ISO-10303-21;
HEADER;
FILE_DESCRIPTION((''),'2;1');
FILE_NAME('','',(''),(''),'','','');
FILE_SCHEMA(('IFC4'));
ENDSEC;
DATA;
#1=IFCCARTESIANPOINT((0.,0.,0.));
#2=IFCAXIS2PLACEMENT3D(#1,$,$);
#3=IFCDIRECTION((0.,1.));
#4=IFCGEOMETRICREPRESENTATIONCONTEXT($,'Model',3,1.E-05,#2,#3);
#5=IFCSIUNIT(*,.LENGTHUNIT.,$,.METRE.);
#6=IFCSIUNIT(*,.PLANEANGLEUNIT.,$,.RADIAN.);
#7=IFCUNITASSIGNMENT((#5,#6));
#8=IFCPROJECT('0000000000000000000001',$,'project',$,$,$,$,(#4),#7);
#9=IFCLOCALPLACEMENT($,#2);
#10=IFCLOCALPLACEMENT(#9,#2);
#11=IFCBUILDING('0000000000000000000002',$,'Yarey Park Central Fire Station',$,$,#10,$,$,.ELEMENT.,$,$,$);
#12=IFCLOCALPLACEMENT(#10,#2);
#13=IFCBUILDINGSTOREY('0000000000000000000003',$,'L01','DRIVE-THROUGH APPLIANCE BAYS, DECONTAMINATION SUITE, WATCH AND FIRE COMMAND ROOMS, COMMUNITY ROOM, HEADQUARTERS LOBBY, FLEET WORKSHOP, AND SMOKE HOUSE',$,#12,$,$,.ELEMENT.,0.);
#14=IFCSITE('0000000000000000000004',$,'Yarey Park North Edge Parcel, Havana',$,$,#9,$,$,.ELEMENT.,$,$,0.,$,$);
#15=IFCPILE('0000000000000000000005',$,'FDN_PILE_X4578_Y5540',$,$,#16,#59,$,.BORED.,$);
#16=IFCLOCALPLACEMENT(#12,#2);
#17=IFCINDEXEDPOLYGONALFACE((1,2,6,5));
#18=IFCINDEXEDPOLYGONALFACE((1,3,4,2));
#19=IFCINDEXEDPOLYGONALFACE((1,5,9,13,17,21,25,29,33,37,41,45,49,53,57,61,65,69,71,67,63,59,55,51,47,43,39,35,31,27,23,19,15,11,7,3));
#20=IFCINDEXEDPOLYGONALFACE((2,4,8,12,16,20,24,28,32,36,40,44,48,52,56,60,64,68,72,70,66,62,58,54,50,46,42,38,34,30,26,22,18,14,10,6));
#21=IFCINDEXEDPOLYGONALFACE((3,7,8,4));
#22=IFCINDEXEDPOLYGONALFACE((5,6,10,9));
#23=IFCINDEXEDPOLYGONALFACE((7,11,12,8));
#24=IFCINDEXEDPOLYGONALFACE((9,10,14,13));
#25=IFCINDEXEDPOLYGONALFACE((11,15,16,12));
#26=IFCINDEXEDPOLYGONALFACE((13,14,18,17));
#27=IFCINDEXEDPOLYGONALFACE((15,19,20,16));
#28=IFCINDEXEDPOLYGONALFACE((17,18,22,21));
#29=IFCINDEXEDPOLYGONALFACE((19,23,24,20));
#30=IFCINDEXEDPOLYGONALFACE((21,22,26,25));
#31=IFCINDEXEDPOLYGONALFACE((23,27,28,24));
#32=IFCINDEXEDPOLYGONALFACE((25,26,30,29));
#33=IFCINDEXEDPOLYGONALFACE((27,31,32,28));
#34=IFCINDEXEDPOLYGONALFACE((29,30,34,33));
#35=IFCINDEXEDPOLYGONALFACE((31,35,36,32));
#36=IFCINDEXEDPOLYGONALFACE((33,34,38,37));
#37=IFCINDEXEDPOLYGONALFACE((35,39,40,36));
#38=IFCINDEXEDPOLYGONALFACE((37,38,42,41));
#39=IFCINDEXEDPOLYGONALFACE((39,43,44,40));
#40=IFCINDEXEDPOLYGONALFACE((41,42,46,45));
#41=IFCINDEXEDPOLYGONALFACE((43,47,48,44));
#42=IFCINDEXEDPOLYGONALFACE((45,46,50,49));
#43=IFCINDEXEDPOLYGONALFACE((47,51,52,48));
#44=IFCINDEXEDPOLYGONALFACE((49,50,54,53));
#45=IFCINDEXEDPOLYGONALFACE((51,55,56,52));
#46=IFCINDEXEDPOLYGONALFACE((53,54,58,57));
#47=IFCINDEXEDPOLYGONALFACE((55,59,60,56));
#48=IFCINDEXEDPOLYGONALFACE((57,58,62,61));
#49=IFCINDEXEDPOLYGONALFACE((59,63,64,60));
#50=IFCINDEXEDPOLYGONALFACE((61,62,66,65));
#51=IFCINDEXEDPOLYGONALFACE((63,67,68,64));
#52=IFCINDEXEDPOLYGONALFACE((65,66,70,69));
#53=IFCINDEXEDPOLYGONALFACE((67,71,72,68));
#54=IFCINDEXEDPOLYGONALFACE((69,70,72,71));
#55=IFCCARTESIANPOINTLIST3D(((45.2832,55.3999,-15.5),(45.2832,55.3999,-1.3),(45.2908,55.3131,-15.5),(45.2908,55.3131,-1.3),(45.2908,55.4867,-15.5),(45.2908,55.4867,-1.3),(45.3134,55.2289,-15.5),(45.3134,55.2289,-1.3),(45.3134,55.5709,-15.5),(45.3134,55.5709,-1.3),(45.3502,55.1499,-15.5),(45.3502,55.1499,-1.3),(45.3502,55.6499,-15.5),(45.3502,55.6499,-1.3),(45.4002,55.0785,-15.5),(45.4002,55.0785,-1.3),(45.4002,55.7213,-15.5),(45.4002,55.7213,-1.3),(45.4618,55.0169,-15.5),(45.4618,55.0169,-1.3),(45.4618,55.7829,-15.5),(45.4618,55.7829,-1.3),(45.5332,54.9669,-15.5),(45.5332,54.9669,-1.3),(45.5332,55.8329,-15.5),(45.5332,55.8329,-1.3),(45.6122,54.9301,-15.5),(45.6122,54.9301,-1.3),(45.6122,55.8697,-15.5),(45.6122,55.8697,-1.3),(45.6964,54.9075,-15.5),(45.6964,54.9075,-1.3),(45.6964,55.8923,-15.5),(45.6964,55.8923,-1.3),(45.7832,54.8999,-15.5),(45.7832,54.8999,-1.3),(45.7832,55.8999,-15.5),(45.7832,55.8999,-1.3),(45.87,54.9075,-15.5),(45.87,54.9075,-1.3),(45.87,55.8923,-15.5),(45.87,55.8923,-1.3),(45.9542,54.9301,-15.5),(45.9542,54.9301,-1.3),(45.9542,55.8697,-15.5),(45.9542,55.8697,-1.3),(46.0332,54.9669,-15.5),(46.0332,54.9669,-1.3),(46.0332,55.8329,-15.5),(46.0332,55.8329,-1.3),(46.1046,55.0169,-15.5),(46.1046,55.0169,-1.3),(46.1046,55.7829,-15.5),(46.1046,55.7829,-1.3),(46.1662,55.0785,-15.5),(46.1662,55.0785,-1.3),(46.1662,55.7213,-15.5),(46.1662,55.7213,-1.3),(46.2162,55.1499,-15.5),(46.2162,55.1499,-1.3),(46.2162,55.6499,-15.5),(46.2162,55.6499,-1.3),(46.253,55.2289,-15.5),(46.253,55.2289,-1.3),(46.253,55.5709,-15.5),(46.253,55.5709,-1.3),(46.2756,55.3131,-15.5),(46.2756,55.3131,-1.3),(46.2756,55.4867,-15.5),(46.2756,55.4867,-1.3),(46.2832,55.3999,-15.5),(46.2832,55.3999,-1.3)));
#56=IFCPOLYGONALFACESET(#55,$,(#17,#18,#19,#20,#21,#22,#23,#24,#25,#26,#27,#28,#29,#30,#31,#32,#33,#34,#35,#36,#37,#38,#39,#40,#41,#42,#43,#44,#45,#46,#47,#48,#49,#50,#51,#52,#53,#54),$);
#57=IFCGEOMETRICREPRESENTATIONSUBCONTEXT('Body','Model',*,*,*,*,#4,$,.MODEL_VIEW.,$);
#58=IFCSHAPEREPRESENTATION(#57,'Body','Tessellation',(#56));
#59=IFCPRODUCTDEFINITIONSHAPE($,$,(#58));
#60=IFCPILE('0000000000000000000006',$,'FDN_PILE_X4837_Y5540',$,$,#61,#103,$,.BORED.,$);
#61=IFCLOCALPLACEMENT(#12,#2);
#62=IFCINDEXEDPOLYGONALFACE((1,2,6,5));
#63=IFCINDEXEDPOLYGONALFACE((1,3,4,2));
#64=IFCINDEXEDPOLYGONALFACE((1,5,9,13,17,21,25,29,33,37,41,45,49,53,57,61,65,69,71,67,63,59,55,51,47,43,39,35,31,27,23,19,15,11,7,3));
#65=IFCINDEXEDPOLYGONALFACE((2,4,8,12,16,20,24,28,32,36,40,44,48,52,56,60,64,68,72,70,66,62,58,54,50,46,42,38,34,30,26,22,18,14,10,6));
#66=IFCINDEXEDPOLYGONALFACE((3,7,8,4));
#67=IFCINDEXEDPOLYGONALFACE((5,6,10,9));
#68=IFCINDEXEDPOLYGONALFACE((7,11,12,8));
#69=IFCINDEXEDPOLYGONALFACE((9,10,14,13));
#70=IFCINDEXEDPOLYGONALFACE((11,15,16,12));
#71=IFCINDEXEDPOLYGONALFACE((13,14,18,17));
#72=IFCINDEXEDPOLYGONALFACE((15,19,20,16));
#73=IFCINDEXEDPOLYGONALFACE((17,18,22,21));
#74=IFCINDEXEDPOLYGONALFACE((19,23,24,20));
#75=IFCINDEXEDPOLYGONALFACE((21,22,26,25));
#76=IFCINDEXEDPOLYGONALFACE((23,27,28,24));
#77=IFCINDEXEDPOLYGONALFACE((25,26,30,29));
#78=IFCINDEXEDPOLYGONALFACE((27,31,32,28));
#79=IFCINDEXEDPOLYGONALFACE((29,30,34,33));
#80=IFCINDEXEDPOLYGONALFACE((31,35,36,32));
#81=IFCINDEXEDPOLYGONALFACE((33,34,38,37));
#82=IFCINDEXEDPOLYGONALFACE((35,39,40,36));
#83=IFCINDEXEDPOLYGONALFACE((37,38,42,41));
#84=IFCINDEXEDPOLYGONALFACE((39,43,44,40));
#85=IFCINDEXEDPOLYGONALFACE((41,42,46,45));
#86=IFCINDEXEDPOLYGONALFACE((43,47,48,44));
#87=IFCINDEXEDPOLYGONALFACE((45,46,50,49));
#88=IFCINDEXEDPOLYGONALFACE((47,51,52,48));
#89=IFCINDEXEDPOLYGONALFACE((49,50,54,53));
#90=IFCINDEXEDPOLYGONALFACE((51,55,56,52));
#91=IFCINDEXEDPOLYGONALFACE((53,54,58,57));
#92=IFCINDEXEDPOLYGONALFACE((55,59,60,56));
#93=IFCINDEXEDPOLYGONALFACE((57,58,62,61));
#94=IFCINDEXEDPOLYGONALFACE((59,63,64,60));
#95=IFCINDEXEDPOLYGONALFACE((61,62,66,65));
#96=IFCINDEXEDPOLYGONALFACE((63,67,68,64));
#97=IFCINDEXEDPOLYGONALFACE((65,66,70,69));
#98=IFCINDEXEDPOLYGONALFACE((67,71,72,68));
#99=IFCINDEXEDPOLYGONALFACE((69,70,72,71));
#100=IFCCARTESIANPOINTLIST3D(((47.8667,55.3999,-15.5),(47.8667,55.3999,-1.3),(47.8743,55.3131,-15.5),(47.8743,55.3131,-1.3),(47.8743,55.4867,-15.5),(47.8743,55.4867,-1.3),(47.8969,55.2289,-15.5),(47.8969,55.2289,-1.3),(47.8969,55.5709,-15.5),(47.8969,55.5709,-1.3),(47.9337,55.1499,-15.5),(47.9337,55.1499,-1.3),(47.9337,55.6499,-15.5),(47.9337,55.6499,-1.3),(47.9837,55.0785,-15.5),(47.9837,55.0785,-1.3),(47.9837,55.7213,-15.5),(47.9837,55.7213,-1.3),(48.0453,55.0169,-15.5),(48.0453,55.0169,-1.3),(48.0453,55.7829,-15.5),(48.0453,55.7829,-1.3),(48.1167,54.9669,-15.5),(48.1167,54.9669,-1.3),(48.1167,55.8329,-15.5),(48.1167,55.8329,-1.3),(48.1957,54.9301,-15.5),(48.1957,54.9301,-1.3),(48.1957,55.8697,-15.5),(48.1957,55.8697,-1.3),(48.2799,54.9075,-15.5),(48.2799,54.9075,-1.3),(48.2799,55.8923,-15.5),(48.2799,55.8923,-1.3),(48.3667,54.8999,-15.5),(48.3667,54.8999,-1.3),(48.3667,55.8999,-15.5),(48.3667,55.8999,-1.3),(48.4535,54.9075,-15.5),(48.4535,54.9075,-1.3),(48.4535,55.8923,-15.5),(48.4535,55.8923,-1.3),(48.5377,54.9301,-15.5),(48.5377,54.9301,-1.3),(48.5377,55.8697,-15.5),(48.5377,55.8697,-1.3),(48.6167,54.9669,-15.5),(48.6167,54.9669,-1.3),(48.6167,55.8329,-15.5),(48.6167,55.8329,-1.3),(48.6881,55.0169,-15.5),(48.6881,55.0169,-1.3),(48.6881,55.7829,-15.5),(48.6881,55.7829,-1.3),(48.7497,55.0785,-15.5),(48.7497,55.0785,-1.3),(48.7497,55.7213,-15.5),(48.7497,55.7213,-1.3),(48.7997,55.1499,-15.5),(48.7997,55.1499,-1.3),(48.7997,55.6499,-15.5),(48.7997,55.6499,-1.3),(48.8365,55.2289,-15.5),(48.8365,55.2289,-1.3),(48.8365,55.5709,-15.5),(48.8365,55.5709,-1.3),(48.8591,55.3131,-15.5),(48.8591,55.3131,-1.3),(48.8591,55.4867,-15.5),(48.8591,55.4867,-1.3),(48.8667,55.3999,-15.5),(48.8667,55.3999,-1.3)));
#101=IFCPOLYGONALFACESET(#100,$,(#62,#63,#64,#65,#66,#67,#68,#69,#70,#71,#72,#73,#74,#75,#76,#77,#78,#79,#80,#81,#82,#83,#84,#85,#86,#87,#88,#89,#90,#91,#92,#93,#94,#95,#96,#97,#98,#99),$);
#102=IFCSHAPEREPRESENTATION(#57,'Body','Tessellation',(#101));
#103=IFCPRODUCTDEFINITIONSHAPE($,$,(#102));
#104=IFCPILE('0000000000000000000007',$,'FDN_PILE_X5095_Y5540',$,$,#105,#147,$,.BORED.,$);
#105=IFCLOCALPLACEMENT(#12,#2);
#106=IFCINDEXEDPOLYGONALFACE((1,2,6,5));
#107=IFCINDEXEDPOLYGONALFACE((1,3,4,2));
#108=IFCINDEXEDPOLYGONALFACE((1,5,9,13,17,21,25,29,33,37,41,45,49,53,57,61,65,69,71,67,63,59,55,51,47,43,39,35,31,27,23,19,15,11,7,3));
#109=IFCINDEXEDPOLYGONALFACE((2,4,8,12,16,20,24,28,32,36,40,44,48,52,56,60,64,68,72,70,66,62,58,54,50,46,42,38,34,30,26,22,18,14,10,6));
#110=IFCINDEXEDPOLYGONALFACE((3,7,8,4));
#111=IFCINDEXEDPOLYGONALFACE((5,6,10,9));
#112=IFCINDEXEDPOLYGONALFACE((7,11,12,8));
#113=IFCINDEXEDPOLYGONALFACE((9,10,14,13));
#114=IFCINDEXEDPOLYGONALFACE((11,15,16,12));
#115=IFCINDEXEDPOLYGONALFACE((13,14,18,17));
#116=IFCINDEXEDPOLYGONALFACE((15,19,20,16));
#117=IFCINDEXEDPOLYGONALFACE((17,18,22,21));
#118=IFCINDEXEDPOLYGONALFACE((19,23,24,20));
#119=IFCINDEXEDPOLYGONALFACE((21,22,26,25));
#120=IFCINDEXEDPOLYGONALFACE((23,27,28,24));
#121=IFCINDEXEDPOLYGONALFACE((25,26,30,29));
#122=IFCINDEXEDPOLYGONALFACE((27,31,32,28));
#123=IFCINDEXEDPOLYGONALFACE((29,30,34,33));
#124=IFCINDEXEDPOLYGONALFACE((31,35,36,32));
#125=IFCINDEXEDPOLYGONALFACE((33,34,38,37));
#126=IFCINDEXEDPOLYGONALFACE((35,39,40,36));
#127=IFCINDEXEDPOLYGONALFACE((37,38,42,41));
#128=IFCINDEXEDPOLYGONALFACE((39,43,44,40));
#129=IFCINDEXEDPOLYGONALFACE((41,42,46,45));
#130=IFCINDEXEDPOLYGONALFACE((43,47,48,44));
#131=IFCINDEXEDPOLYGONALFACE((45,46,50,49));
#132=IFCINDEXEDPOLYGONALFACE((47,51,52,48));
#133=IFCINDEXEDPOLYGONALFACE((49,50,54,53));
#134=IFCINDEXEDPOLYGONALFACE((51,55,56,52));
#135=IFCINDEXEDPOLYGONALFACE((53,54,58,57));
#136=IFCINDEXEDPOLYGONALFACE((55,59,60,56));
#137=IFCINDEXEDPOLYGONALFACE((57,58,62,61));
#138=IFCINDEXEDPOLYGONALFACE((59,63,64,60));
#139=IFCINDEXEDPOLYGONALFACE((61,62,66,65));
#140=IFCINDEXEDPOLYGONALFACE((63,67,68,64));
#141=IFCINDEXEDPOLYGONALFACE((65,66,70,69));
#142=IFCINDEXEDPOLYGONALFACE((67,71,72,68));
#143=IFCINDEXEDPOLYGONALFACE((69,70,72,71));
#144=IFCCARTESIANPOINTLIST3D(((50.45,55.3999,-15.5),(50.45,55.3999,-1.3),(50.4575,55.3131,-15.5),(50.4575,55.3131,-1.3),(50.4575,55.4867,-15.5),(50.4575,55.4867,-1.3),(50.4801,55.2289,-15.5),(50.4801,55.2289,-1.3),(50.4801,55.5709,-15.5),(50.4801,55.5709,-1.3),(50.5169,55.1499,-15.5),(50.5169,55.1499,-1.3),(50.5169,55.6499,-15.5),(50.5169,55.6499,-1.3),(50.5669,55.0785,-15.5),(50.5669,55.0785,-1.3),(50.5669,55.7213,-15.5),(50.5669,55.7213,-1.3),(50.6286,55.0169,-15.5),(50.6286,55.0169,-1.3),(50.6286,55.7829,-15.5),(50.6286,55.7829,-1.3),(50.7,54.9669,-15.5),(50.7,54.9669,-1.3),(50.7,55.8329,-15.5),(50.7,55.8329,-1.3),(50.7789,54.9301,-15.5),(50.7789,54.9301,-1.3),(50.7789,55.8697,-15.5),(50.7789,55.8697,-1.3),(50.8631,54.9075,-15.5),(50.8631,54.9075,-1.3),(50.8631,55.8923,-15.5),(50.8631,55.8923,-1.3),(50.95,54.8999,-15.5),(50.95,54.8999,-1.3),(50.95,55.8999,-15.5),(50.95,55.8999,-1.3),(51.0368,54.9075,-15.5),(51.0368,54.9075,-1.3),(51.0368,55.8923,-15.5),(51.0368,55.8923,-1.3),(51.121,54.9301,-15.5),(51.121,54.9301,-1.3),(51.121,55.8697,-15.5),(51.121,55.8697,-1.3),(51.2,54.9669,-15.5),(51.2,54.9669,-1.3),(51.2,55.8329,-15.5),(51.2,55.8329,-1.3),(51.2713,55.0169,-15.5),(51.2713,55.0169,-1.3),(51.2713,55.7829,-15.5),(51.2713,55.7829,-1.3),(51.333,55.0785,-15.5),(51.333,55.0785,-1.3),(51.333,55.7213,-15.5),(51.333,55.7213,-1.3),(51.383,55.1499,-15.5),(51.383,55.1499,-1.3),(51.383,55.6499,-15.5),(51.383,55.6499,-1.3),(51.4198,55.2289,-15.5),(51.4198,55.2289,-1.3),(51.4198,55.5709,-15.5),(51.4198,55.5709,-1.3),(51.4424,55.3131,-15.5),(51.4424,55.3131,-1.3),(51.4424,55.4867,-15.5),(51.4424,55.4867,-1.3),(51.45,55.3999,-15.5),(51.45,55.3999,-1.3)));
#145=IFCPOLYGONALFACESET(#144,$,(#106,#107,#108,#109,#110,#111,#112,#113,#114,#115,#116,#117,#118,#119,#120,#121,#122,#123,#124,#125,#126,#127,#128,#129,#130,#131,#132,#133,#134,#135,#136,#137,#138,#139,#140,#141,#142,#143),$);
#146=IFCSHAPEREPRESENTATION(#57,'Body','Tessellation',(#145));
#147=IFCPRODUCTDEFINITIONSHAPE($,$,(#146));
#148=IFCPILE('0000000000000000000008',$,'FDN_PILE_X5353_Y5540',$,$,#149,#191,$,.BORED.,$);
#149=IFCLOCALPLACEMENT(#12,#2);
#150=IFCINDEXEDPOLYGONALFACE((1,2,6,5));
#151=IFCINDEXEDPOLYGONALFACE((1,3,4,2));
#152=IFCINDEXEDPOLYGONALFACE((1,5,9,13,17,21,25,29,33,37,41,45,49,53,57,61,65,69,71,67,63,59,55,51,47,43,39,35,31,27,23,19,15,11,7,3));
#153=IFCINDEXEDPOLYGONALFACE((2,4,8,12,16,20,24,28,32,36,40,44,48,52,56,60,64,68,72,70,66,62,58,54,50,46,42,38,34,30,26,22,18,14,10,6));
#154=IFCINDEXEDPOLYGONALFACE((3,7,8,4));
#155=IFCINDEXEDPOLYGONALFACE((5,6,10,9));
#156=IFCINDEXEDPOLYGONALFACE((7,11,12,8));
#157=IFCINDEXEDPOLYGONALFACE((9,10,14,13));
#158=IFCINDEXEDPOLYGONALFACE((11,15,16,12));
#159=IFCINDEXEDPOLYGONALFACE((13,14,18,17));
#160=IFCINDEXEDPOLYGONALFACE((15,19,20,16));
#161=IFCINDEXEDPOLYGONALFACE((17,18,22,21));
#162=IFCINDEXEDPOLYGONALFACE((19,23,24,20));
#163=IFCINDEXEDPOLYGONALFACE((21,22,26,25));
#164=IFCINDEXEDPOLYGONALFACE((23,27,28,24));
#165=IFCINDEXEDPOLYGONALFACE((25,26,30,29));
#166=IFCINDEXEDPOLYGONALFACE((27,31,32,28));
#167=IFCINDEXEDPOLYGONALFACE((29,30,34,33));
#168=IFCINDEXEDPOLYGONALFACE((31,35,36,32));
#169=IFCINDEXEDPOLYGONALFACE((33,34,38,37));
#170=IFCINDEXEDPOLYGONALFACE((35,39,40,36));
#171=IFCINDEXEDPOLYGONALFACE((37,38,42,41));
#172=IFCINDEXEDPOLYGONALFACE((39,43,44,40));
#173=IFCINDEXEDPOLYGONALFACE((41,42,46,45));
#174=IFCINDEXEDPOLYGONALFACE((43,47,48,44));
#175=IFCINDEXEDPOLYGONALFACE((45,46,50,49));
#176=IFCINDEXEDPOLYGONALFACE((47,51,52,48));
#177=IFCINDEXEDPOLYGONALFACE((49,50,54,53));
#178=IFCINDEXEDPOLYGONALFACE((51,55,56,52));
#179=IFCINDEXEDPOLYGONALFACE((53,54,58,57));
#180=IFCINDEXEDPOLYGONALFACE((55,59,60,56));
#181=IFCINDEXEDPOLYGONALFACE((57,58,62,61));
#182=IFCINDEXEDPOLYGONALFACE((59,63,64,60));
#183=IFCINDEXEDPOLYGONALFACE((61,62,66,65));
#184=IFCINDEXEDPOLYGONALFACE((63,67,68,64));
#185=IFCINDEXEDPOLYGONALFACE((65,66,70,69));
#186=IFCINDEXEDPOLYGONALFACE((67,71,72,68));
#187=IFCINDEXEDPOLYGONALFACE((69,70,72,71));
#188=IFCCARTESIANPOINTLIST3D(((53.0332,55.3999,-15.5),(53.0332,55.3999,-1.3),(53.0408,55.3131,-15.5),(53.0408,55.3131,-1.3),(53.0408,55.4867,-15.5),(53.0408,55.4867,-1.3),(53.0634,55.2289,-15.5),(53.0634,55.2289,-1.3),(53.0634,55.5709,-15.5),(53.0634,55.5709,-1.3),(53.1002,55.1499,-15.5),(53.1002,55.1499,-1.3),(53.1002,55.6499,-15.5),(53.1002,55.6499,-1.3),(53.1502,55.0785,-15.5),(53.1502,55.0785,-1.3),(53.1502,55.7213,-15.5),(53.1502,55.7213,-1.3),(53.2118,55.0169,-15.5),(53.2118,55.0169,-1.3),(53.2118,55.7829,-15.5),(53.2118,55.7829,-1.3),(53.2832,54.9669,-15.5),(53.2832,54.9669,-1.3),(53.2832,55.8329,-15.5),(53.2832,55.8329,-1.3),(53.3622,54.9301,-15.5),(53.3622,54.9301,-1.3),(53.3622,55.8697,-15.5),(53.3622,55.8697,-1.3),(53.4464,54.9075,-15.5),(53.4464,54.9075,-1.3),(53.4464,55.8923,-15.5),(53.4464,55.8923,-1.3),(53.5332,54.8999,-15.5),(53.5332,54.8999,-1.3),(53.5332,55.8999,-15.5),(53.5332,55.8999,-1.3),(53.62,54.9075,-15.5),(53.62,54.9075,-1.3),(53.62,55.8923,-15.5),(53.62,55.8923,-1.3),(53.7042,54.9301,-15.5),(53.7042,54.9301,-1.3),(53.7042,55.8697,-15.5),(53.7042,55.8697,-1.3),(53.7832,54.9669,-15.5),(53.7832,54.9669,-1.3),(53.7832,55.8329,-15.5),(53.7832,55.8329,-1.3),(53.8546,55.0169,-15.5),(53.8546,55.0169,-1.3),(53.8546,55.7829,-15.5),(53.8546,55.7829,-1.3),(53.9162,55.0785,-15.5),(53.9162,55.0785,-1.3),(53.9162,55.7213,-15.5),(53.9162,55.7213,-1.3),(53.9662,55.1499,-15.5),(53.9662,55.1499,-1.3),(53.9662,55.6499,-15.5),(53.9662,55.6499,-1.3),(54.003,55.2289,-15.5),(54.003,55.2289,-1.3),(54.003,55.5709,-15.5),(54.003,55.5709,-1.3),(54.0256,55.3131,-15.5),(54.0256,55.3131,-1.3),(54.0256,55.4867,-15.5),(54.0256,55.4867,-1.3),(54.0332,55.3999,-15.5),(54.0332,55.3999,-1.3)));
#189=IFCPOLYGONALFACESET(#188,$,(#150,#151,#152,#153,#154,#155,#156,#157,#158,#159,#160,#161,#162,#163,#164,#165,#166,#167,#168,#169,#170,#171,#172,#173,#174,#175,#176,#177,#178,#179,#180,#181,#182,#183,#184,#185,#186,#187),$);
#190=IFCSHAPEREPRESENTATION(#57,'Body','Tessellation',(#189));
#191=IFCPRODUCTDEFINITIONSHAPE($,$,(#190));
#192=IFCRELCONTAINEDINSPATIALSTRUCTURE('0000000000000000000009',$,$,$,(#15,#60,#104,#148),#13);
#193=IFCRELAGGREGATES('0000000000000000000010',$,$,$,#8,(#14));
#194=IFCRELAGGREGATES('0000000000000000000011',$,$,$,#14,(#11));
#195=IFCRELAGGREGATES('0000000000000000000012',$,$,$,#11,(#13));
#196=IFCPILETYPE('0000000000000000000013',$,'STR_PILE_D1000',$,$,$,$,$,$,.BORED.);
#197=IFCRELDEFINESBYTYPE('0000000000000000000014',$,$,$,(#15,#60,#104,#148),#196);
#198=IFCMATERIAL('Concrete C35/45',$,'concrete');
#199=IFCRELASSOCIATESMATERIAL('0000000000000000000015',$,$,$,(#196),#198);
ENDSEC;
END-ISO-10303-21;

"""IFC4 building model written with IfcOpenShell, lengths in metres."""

from ifc_helpers import new_model, si_unit, direction, frame, origin, origin_2d, place, context, subcontext, project, spatial, circle, extrude, material, material_profile, profile_set, type_object, element, save


model = new_model("IFC4")

# Units and contexts
model_context = context("Model", 3, precision=1e-05, world=origin(), true_north=direction((0.0, 1.0)))
body_context = subcontext(model_context, "Body", "Model", "MODEL_VIEW")
ifc_project = project(units=[si_unit("LENGTHUNIT", "METRE"), si_unit("PLANEANGLEUNIT", "RADIAN")], contexts=[model_context])

# Site, building, storey
site_placement = place(None, origin())
site = spatial("IfcSite", under=ifc_project, at=site_placement, Name="Yarey Park North Edge Parcel, Havana", CompositionType="ELEMENT", RefElevation=0.0)
building_placement = place(site_placement, origin())
building = spatial("IfcBuilding", under=site, at=building_placement, Name="Yarey Park Central Fire Station", CompositionType="ELEMENT")
storey_placement = place(building_placement, origin())
storey = spatial("IfcBuildingStorey", under=building, at=storey_placement, Name="L01", Description="DRIVE-THROUGH APPLIANCE BAYS, DECONTAMINATION SUITE, WATCH AND FIRE COMMAND ROOMS, COMMUNITY ROOM, HEADQUARTERS LOBBY, FLEET WORKSHOP, AND SMOKE HOUSE", CompositionType="ELEMENT", Elevation=0.0)

# Shared definitions
ifc_material_1 = material(Name="Concrete C35/45", Category="concrete")

# Piles
ifc_material_profile_1 = material_profile(ifc_material_1, circle(Radius=0.5, at=origin_2d()), Name="BORED PILE D1000")
ifc_profile_set_1 = profile_set([ifc_material_profile_1], Name="Concrete C35/45")
pile_type_1 = type_object("IfcPileType", Name="STR_PILE_D1000", PredefinedType="BORED", material=ifc_profile_set_1)
for number, where, z_axis, x_axis, name in (
    (1, (45.7832, 55.3999, -1.3), (0.0, 0.0, -1.0), (1.0, 0.0, 0.0), "FDN_PILE_X4578_Y5540"),
    (2, (48.3667, 55.3999, -1.3), (0.0, 0.0, -1.0), (1.0, 0.0, 0.0), "FDN_PILE_X4837_Y5540"),
    (3, (50.95, 55.3999, -1.3), (0.0, 0.0, -1.0), (1.0, 0.0, 0.0), "FDN_PILE_X5095_Y5540"),
    (4, (53.5332, 55.3999, -1.3), (0.0, 0.0, -1.0), (1.0, 0.0, 0.0), "FDN_PILE_X5353_Y5540"),
):
    element("IfcPile", number, at=place(storey_placement, frame(where, z_axis=z_axis, x_axis=x_axis)), inside=storey, type_object=pile_type_1, Name=name, PredefinedType="BORED", context=body_context, shape_type="SweptSolid", body=[
        extrude(circle(Radius=0.5, at=origin_2d()), origin(), (0.0, 0.0, 1.0), 14.2),
    ])

save(model, "model.ifc")
